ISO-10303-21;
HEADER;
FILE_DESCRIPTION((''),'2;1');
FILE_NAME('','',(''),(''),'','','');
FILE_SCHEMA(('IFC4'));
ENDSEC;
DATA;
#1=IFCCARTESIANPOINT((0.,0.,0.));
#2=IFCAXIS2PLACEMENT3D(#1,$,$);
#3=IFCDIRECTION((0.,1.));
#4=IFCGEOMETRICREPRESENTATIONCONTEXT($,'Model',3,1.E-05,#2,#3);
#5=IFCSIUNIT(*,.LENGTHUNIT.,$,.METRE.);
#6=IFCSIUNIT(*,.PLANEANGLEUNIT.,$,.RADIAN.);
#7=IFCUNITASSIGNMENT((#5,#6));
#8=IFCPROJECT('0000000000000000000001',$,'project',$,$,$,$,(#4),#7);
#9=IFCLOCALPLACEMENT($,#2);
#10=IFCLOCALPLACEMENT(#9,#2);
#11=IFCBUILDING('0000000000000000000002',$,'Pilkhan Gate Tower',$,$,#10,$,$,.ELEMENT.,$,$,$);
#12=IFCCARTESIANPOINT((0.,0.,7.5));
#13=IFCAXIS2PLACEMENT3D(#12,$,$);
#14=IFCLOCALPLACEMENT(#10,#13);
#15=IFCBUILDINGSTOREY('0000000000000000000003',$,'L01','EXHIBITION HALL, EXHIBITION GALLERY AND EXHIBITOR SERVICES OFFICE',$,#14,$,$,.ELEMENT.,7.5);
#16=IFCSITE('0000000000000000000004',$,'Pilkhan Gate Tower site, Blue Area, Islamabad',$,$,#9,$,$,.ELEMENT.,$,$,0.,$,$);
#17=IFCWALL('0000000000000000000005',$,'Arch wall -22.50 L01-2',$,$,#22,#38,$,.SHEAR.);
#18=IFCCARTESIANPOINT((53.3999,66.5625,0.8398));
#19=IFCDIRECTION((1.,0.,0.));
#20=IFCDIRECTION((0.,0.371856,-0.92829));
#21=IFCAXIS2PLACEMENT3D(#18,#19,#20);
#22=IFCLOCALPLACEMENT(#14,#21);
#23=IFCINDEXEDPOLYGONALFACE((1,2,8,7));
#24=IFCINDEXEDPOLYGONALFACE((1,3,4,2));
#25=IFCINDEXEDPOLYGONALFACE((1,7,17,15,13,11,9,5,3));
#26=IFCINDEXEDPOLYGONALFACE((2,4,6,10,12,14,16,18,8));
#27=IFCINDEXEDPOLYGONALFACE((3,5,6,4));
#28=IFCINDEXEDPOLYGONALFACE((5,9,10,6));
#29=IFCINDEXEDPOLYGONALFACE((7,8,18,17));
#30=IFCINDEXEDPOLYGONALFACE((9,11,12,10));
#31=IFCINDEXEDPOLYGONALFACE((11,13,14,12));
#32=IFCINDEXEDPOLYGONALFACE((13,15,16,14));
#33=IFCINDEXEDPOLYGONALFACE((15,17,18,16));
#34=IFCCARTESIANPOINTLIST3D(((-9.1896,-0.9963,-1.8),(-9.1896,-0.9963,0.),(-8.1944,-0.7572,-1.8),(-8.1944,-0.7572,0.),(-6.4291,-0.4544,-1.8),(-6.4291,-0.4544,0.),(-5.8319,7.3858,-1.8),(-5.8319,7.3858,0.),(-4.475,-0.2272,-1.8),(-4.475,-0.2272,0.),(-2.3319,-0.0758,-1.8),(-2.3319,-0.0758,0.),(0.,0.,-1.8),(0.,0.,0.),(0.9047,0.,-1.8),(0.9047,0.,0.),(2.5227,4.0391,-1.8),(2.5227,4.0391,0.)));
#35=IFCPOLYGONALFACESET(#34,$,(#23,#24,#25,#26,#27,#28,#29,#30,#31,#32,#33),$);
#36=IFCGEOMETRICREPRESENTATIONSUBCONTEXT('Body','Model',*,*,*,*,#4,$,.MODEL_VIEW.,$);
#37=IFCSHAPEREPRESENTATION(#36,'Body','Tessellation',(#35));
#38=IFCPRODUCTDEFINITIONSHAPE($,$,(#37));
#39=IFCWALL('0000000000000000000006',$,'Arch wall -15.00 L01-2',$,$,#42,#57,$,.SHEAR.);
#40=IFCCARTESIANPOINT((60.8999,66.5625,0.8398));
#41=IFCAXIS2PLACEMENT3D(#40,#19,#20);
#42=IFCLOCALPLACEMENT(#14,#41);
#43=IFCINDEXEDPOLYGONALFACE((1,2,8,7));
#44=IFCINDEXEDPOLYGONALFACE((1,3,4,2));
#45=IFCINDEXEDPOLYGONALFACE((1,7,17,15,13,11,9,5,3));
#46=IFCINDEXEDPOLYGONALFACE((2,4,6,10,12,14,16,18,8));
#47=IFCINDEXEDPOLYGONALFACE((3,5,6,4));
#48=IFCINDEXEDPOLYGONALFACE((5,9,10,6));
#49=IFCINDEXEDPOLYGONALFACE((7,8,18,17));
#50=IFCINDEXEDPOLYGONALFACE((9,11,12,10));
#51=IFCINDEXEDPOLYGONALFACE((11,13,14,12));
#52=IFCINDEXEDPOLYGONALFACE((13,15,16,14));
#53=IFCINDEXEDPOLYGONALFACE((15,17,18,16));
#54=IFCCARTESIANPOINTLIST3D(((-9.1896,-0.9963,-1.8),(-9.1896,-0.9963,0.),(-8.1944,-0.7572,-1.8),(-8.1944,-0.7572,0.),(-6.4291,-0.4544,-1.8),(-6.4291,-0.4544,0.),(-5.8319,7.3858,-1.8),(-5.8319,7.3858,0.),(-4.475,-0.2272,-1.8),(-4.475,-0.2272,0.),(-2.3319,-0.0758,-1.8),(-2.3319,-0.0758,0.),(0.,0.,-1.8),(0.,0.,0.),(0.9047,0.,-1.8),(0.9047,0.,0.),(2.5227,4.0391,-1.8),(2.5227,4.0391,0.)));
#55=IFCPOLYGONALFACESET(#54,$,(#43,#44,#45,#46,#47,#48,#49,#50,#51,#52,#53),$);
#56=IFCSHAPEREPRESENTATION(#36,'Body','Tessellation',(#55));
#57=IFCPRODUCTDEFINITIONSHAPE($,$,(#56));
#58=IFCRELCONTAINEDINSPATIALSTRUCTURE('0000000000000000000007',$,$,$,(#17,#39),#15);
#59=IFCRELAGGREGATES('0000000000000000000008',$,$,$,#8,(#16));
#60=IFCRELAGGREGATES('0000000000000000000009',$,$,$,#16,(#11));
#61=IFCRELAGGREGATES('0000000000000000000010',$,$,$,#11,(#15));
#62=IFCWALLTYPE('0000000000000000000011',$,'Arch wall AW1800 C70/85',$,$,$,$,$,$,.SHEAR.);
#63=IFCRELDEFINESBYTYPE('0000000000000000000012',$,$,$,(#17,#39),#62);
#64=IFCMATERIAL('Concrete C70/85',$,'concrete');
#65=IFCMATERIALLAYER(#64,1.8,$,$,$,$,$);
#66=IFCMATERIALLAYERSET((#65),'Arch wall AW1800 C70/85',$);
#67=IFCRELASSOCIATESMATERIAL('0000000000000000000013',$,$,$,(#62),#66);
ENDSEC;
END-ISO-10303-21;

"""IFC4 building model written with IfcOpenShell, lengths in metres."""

from ifc_helpers import new_model, si_unit, direction, frame, origin, place, context, subcontext, project, spatial, polyline, outline, extrude, material, layer, layer_set, type_object, element, save


model = new_model("IFC4")

# Units and contexts
model_context = context("Model", 3, precision=1e-05, world=origin(), true_north=direction((0.0, 1.0)))
body_context = subcontext(model_context, "Body", "Model", "MODEL_VIEW")
ifc_project = project(units=[si_unit("LENGTHUNIT", "METRE"), si_unit("PLANEANGLEUNIT", "RADIAN")], contexts=[model_context])

# Site, building, storey
site_placement = place(None, origin())
site = spatial("IfcSite", under=ifc_project, at=site_placement, Name="Pilkhan Gate Tower site, Blue Area, Islamabad", CompositionType="ELEMENT", RefElevation=0.0)
building_placement = place(site_placement, origin())
building = spatial("IfcBuilding", under=site, at=building_placement, Name="Pilkhan Gate Tower", CompositionType="ELEMENT")
storey_placement = place(building_placement, frame((0.0, 0.0, 7.5)))
storey = spatial("IfcBuildingStorey", under=building, at=storey_placement, Name="L01", Description="EXHIBITION HALL, EXHIBITION GALLERY AND EXHIBITOR SERVICES OFFICE", CompositionType="ELEMENT", Elevation=7.5)

# Shared definitions
ifc_material_1 = material(Name="Concrete C70/85", Category="concrete")

# Walls
ifc_layer_1 = layer(ifc_material_1, 1.8)
ifc_layer_set_1 = layer_set([ifc_layer_1], Name="Arch wall AW1800 C70/85")
wall_type_1 = type_object("IfcWallType", Name="Arch wall AW1800 C70/85", PredefinedType="SHEAR", material=ifc_layer_set_1)
for number, where, z_axis, x_axis, name in (
    (1, (53.3999, 66.5625, 0.8398), (1.0, 0.0, 0.0), (0.0, 0.371856, -0.92829), "Arch wall -22.50 L01-2"),
    (2, (60.8999, 66.5625, 0.8398), (1.0, 0.0, 0.0), (0.0, 0.371856, -0.92829), "Arch wall -15.00 L01-2"),
):
    element("IfcWall", number, at=place(storey_placement, frame(where, z_axis=z_axis, x_axis=x_axis)), inside=storey, type_object=wall_type_1, Name=name, PredefinedType="SHEAR", context=body_context, shape_type="SweptSolid", body=[
        extrude(outline(polyline([(0.0, 0.0), (0.9047, 0.0), (2.5227, 4.0391), (-5.8319, 7.3858), (-9.1896, -0.9963), (-8.1944, -0.7572), (-6.4291, -0.4544), (-4.475, -0.2272), (-2.3319, -0.0758), (0.0, 0.0)])), origin(), (0.0, 0.0, -1.0), 1.8),
    ])

save(model, "model.ifc")
